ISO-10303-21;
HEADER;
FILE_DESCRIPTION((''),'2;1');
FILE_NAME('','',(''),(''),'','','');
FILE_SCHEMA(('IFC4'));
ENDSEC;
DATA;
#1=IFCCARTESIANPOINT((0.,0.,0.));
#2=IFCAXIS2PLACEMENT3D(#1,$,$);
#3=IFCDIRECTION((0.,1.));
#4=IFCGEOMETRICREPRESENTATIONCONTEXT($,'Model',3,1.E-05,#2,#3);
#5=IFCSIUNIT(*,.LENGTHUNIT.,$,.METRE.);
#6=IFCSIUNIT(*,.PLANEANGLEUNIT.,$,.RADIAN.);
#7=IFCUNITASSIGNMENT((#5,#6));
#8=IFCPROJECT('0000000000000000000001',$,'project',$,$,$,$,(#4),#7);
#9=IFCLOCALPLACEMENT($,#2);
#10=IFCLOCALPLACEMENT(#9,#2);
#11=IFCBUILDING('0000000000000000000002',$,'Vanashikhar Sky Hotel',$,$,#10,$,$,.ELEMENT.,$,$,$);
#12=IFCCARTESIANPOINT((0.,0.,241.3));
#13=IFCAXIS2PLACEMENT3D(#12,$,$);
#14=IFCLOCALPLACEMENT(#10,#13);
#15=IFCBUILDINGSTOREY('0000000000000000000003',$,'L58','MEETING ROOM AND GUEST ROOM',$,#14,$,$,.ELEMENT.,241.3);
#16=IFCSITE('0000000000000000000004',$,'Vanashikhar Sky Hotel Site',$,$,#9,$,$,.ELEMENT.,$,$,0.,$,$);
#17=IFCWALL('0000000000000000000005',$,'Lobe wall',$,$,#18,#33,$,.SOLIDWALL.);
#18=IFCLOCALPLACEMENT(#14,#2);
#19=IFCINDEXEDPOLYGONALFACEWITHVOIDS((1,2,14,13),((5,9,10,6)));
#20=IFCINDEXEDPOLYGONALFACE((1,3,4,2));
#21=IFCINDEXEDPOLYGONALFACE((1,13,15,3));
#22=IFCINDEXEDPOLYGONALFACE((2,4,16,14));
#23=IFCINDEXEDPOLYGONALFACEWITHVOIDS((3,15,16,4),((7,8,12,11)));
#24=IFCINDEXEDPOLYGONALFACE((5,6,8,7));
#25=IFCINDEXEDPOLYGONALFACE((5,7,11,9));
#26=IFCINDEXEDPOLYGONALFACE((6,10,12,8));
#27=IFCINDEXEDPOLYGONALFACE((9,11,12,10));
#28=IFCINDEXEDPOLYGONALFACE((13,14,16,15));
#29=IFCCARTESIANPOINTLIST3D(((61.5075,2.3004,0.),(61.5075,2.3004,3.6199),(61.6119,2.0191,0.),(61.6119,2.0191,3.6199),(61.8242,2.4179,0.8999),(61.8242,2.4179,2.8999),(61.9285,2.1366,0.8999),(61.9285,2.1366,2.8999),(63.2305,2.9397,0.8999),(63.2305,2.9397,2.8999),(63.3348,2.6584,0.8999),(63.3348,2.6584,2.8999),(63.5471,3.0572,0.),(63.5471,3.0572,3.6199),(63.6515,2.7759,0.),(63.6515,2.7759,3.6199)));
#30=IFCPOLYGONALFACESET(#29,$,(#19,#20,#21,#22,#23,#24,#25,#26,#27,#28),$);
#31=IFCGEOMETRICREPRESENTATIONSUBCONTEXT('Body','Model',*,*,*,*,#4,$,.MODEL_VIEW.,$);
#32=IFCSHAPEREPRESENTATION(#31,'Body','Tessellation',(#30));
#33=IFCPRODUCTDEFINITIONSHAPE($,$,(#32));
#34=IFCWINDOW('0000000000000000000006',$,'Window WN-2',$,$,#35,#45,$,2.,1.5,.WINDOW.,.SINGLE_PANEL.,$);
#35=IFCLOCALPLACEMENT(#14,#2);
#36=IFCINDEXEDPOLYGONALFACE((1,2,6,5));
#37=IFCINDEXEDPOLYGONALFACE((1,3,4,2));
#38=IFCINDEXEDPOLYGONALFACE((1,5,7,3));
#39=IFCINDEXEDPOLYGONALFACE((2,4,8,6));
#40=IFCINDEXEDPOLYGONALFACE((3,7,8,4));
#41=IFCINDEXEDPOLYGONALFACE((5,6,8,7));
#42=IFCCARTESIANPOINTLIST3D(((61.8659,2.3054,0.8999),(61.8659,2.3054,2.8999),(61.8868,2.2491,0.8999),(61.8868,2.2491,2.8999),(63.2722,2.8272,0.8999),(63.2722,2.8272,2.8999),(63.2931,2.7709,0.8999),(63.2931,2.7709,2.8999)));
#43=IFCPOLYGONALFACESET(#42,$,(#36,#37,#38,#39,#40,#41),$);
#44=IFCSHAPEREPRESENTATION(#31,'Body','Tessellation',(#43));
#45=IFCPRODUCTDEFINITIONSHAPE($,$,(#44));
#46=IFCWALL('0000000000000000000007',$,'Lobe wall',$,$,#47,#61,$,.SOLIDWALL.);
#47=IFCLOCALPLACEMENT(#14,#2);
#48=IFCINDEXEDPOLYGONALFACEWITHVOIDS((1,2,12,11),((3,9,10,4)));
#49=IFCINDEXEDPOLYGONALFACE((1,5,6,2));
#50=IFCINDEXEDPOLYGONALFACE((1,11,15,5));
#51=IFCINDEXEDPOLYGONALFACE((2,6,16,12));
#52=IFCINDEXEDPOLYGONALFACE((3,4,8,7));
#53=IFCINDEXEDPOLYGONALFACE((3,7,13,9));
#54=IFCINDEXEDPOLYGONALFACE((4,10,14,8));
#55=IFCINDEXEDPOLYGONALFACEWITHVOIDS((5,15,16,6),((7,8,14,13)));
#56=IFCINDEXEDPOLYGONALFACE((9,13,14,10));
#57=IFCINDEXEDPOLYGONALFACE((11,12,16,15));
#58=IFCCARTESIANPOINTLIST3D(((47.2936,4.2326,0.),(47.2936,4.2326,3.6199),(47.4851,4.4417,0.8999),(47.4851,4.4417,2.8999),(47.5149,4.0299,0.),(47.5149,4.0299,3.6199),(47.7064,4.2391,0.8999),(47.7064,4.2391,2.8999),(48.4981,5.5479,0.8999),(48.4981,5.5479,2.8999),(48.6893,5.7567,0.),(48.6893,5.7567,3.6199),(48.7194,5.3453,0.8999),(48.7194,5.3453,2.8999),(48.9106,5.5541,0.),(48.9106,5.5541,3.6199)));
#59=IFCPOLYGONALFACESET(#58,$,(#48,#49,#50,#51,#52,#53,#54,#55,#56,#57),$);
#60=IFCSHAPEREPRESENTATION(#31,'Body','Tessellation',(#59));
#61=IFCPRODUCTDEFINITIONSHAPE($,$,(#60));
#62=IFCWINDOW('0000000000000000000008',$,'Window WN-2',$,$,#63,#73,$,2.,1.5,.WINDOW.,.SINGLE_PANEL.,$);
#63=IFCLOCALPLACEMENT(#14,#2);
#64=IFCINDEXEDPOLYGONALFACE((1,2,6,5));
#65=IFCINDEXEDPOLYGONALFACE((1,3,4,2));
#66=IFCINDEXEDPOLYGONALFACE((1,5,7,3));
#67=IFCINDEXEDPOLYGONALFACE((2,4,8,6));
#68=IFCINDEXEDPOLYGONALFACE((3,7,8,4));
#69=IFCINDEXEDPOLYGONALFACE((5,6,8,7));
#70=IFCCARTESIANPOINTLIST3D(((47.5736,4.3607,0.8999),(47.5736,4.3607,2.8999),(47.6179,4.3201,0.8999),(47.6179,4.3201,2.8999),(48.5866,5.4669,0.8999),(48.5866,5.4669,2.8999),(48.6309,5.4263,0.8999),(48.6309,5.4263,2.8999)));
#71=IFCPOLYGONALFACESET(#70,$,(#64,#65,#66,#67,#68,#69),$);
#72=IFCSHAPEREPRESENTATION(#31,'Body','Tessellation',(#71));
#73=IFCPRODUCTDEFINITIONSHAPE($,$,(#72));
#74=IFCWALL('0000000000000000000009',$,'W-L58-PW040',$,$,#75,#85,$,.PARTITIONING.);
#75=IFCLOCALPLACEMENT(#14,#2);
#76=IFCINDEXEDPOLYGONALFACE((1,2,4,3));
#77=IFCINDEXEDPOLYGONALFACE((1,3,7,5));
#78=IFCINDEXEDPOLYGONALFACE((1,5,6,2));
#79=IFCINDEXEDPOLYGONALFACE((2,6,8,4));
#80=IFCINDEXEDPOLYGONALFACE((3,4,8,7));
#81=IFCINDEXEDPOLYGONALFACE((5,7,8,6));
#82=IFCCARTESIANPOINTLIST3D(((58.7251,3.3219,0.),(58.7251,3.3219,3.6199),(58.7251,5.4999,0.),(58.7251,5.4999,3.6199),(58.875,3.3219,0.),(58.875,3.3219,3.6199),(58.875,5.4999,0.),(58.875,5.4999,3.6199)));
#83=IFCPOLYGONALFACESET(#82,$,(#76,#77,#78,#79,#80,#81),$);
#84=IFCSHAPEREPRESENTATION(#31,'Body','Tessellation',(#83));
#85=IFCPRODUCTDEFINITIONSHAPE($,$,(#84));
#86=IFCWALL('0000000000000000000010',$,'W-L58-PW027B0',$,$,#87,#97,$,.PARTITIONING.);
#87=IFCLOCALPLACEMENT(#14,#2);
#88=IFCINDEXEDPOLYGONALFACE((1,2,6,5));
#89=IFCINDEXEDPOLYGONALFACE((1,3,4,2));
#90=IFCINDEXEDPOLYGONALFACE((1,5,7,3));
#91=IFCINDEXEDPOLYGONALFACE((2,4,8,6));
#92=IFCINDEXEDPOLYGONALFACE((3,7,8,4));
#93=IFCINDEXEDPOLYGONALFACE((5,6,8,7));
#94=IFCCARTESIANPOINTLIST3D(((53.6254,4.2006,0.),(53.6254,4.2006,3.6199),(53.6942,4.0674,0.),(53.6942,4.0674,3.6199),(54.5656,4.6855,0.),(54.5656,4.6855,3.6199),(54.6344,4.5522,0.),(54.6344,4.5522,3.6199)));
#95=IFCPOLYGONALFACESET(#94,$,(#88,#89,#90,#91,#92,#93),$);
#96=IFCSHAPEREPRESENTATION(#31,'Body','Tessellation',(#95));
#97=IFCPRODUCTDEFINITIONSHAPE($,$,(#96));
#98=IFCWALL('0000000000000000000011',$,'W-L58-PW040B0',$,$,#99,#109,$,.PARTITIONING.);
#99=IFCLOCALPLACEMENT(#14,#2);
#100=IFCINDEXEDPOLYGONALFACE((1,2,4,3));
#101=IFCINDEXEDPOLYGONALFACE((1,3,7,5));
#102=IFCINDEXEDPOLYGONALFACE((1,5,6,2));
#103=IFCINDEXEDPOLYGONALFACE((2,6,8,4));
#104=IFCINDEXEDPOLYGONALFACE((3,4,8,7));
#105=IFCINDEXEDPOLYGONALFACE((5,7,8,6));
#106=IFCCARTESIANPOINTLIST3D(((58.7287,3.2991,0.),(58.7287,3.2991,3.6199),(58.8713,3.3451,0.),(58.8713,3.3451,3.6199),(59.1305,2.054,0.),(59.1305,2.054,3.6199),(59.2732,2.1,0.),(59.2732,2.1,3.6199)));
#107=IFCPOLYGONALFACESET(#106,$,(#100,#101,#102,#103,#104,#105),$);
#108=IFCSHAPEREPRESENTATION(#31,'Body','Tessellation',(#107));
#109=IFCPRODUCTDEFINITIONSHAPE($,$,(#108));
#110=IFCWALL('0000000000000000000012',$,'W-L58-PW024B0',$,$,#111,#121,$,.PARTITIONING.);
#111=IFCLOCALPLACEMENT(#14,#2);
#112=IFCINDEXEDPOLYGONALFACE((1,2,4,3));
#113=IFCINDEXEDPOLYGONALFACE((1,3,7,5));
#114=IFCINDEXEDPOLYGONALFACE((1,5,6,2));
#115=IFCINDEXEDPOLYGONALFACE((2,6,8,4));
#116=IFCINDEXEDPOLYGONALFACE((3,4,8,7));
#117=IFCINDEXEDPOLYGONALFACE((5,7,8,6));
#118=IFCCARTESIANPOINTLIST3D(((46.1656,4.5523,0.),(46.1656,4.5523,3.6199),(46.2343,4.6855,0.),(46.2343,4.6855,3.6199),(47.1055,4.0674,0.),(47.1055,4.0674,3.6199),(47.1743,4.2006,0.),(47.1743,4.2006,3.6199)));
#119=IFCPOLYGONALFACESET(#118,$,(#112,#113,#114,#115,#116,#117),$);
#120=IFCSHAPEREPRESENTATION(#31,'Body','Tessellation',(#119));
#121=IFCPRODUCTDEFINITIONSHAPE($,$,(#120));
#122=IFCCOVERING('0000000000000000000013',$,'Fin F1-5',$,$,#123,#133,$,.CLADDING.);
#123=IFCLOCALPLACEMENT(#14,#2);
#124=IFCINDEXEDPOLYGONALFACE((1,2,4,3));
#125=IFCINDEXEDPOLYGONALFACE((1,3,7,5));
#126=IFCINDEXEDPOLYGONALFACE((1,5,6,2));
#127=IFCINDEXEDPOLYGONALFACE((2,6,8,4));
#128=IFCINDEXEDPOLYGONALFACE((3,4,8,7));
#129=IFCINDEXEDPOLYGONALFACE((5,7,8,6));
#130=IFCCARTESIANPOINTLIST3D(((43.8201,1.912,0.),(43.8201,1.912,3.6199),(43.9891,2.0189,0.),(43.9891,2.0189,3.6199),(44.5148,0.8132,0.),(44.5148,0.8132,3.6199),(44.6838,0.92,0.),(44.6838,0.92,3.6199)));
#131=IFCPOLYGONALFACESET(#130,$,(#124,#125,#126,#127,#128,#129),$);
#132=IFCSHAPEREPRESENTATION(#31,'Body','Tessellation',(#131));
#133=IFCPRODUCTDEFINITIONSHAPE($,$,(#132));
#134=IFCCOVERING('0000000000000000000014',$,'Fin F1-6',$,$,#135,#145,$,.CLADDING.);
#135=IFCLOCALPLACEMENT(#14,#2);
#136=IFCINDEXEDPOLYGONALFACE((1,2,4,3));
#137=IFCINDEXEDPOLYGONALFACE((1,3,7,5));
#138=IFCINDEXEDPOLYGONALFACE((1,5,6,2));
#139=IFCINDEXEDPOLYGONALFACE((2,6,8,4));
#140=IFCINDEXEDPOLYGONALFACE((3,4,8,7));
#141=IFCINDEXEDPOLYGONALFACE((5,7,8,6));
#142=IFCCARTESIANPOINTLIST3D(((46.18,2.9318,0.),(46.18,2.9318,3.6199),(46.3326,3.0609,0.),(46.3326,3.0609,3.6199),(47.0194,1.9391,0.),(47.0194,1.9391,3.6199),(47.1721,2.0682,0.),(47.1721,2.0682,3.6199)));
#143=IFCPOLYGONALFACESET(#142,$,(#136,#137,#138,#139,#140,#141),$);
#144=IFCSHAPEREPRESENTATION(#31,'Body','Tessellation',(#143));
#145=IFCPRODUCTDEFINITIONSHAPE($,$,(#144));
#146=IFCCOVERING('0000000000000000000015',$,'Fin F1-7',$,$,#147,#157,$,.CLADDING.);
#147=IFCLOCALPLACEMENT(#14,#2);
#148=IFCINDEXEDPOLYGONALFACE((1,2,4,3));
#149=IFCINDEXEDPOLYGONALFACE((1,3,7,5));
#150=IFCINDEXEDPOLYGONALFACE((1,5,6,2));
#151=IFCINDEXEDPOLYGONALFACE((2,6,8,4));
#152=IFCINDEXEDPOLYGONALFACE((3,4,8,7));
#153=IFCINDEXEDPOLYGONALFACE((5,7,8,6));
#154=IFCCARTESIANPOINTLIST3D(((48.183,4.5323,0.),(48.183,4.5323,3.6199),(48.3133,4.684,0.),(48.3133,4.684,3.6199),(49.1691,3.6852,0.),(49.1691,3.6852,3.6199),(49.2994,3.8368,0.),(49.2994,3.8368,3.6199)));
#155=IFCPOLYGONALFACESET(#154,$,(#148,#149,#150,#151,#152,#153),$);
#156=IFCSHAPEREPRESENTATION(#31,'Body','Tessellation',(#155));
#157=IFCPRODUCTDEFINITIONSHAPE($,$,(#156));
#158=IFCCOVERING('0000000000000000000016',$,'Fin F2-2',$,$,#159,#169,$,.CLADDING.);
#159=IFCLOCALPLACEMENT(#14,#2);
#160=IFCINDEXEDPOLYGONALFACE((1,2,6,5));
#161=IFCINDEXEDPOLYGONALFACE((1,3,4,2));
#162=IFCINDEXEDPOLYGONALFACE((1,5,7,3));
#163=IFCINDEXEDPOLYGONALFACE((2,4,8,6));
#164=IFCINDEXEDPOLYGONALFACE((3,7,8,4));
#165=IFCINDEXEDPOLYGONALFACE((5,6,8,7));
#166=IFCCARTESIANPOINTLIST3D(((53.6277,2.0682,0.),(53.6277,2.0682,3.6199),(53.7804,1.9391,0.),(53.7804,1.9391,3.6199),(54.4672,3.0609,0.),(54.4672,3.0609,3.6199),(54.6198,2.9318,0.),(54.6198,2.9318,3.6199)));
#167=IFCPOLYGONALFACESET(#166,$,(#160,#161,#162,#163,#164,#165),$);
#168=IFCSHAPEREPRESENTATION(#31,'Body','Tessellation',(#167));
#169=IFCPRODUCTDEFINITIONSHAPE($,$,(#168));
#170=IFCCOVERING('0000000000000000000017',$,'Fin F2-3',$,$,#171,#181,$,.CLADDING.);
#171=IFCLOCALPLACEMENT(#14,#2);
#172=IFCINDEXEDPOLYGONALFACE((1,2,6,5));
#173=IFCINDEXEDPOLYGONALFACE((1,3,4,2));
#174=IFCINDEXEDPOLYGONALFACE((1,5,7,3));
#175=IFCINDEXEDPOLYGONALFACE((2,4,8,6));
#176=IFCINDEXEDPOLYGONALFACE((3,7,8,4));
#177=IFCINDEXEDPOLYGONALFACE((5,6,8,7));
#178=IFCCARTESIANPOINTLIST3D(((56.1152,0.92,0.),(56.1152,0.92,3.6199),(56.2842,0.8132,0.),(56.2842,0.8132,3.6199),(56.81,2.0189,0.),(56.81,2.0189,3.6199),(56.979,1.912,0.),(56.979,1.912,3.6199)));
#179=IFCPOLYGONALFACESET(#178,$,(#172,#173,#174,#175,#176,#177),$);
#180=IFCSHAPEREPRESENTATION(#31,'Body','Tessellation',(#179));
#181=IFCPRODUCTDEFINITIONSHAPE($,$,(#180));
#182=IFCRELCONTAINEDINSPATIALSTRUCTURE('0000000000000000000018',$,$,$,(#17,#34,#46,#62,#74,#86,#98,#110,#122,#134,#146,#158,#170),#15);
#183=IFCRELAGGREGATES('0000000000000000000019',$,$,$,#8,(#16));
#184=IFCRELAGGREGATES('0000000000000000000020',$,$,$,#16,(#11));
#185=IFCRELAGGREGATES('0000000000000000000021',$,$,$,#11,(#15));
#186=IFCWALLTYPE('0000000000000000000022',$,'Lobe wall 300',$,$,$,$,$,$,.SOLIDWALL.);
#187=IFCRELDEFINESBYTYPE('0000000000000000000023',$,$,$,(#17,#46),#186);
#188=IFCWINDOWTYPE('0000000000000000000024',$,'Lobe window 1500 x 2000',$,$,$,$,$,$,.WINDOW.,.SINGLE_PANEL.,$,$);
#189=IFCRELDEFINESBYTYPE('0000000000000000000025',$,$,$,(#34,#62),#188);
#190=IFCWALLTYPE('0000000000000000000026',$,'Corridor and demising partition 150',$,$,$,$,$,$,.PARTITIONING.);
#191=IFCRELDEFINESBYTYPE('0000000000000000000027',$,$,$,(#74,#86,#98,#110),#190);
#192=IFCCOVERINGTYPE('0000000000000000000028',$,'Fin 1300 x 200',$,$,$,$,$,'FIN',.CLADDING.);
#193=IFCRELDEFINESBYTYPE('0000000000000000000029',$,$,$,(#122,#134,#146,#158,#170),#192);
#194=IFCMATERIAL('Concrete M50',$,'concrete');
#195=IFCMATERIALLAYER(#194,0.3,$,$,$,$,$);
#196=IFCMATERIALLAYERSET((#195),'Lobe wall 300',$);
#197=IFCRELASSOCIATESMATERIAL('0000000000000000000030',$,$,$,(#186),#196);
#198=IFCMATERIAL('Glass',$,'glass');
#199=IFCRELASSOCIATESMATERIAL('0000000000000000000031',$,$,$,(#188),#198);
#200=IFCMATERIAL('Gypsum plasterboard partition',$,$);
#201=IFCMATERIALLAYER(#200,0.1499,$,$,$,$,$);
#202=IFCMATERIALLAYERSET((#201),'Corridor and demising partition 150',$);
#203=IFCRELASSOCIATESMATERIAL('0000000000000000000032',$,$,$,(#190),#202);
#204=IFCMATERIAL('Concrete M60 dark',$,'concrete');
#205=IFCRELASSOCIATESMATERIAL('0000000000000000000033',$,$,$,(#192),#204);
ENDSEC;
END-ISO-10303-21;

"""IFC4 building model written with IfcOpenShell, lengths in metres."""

from ifc_helpers import new_model, si_unit, direction, frame, frame_2d, origin, origin_2d, place, context, subcontext, project, spatial, rectangle, extrude, source, transform, mapped, material, layer, layer_set, material_profile, profile_set, type_object, element, fill, save


model = new_model("IFC4")

# Units and contexts
model_context = context("Model", 3, precision=1e-05, world=origin(), true_north=direction((0.0, 1.0)))
body_context = subcontext(model_context, "Body", "Model", "MODEL_VIEW")
ifc_project = project(units=[si_unit("LENGTHUNIT", "METRE"), si_unit("PLANEANGLEUNIT", "RADIAN")], contexts=[model_context])

# Site, building, storey
site_placement = place(None, origin())
site = spatial("IfcSite", under=ifc_project, at=site_placement, Name="Vanashikhar Sky Hotel Site", CompositionType="ELEMENT", RefElevation=0.0)
building_placement = place(site_placement, origin())
building = spatial("IfcBuilding", under=site, at=building_placement, Name="Vanashikhar Sky Hotel", CompositionType="ELEMENT")
storey_placement = place(building_placement, frame((0.0, 0.0, 241.3)))
storey = spatial("IfcBuildingStorey", under=building, at=storey_placement, Name="L58", Description="MEETING ROOM AND GUEST ROOM", CompositionType="ELEMENT", Elevation=241.3)

# Walls, openings, windows
ifc_material_1 = material(Name="Concrete M50", Category="concrete")
ifc_layer_1 = layer(ifc_material_1, 0.3)
ifc_layer_set_1 = layer_set([ifc_layer_1], Name="Lobe wall 300")
wall_type_1 = type_object("IfcWallType", Name="Lobe wall 300", PredefinedType="SOLIDWALL", material=ifc_layer_set_1)
shared_shape_1 = source(origin(), body_context, "Body", "SweptSolid", [
    extrude(rectangle(XDim=1.5, YDim=2.0, at=frame_2d((0.75, 1.0))), frame((0.0, 0.1602, 0.0), z_axis=(0.0, -1.0, 0.0), x_axis=(1.0, 0.0, 0.0)), (0.0, 0.0, 1.0), 0.3201),
])
ifc_material_2 = material(Name="Glass", Category="glass")
window_type = type_object("IfcWindowType", Name="Lobe window 1500 x 2000", PartitioningType="SINGLE_PANEL", PredefinedType="WINDOW", material=ifc_material_2)
shared_shape_2 = source(origin(), body_context, "Body", "SweptSolid", [
    extrude(rectangle(XDim=1.5, YDim=2.0, at=frame_2d((0.75, 1.0))), frame((0.0, 0.03, 0.0), z_axis=(0.0, -1.0, 0.0), x_axis=(1.0, 0.0, 0.0)), (0.0, 0.0, 1.0), 0.0601),
])
shared_shape_3 = source(origin(), body_context, "Body", "SweptSolid", [
    extrude(rectangle(XDim=2.1755, YDim=0.3, at=frame_2d((1.0879, 0.0))), origin(), (0.0, 0.0, 1.0), 3.6199),
])
wall_1_placement = place(storey_placement, frame((61.5596, 2.1597, 0.0), z_axis=(0.0, 0.0, 1.0), x_axis=(0.937532, 0.347899, 0.0)))
wall_1 = element("IfcWall", 1, at=wall_1_placement, inside=storey, type_object=wall_type_1, Name="Lobe wall", PredefinedType="SOLIDWALL", context=body_context, shape_type="MappedRepresentation", body=[
    mapped(shared_shape_3, transform((0.0, 0.0, 0.0), scale=1.0)),
])
opening_1_placement = place(wall_1_placement, frame((0.3379, 0.0, 0.8999)))
opening_1 = element("IfcOpeningElement", 2, at=opening_1_placement, cuts=wall_1, PredefinedType="OPENING", context=body_context, shape_type="MappedRepresentation", body=[
    mapped(shared_shape_1, transform((0.0, 0.0, 0.0), scale=1.0)),
])
window_1_placement = place(opening_1_placement, origin())
window_1 = element("IfcWindow", 3, at=window_1_placement, inside=storey, type_object=window_type, Name="Window WN-2", OverallHeight=2.0, OverallWidth=1.5, PartitioningType="SINGLE_PANEL", PredefinedType="WINDOW", context=body_context, shape_type="MappedRepresentation", body=[
    mapped(shared_shape_2, transform((0.0, 0.0, 0.0), scale=1.0)),
])
fill(opening_1, window_1)
shared_shape_4 = source(origin(), body_context, "Body", "SweptSolid", [
    extrude(rectangle(XDim=2.0667, YDim=0.3, at=frame_2d((1.0332, 0.0))), origin(), (0.0, 0.0, 1.0), 3.6199),
])
wall_2_placement = place(storey_placement, frame((47.4043, 4.1313, 0.0), z_axis=(0.0, 0.0, 1.0), x_axis=(0.675355, 0.737492, 0.0)))
wall_2 = element("IfcWall", 4, at=wall_2_placement, inside=storey, type_object=wall_type_1, Name="Lobe wall", PredefinedType="SOLIDWALL", context=body_context, shape_type="MappedRepresentation", body=[
    mapped(shared_shape_4, transform((0.0, 0.0, 0.0), scale=1.0)),
])
opening_2_placement = place(wall_2_placement, frame((0.2834, 0.0, 0.8999)))
opening_2 = element("IfcOpeningElement", 5, at=opening_2_placement, cuts=wall_2, PredefinedType="OPENING", context=body_context, shape_type="MappedRepresentation", body=[
    mapped(shared_shape_1, transform((0.0, 0.0, 0.0), scale=1.0)),
])
window_2_placement = place(opening_2_placement, origin())
window_2 = element("IfcWindow", 6, at=window_2_placement, inside=storey, type_object=window_type, Name="Window WN-2", OverallHeight=2.0, OverallWidth=1.5, PartitioningType="SINGLE_PANEL", PredefinedType="WINDOW", context=body_context, shape_type="MappedRepresentation", body=[
    mapped(shared_shape_2, transform((0.0, 0.0, 0.0), scale=1.0)),
])
fill(opening_2, window_2)

# Walls
ifc_material_3 = material(Name="Gypsum plasterboard partition")
ifc_layer_2 = layer(ifc_material_3, 0.1499)
ifc_layer_set_2 = layer_set([ifc_layer_2], Name="Corridor and demising partition 150")
wall_type_2 = type_object("IfcWallType", Name="Corridor and demising partition 150", PredefinedType="PARTITIONING", material=ifc_layer_set_2)
shared_shape_5 = source(origin(), body_context, "Body", "SweptSolid", [
    extrude(rectangle(XDim=2.178, YDim=0.1499, at=frame_2d((1.0889, 0.0))), origin(), (0.0, 0.0, 1.0), 3.6199),
])
wall_3_placement = place(storey_placement, frame((58.8, 3.322, 0.0), z_axis=(0.0, 0.0, 1.0), x_axis=(0.0, 1.0, 0.0)))
element("IfcWall", 7, at=wall_3_placement, inside=storey, type_object=wall_type_2, Name="W-L58-PW040", PredefinedType="PARTITIONING", context=body_context, shape_type="MappedRepresentation", body=[
    mapped(shared_shape_5, transform((0.0, 0.0, 0.0), scale=1.0)),
])
shared_shape_6 = source(origin(), body_context, "Body", "SweptSolid", [
    extrude(rectangle(XDim=1.0579, YDim=0.1499, at=frame_2d((0.5288, 0.0))), origin(), (0.0, 0.0, 1.0), 3.6199),
])
wall_4_placement = place(storey_placement, frame((53.6599, 4.134, 0.0), z_axis=(0.0, 0.0, 1.0), x_axis=(0.888772, 0.458349, 0.0)))
element("IfcWall", 8, at=wall_4_placement, inside=storey, type_object=wall_type_2, Name="W-L58-PW027B0", PredefinedType="PARTITIONING", context=body_context, shape_type="MappedRepresentation", body=[
    mapped(shared_shape_6, transform((0.0, 0.0, 0.0), scale=1.0)),
])
shared_shape_7 = source(origin(), body_context, "Body", "SweptSolid", [
    extrude(rectangle(XDim=1.3083, YDim=0.1499, at=frame_2d((0.6543, 0.0))), origin(), (0.0, 0.0, 1.0), 3.6199),
])
wall_5_placement = place(storey_placement, frame((59.2019, 2.0769, 0.0), z_axis=(0.0, 0.0, 1.0), x_axis=(-0.307145, 0.951663, 0.0)))
element("IfcWall", 9, at=wall_5_placement, inside=storey, type_object=wall_type_2, Name="W-L58-PW040B0", PredefinedType="PARTITIONING", context=body_context, shape_type="MappedRepresentation", body=[
    mapped(shared_shape_7, transform((0.0, 0.0, 0.0), scale=1.0)),
])
shared_shape_8 = source(origin(), body_context, "Body", "SweptSolid", [
    extrude(rectangle(XDim=1.0576, YDim=0.1499, at=frame_2d((0.5288, 0.0))), origin(), (0.0, 0.0, 1.0), 3.6199),
])
wall_6_placement = place(storey_placement, frame((47.1399, 4.134, 0.0), z_axis=(0.0, 0.0, 1.0), x_axis=(-0.888724, 0.458443, 0.0)))
element("IfcWall", 10, at=wall_6_placement, inside=storey, type_object=wall_type_2, Name="W-L58-PW024B0", PredefinedType="PARTITIONING", context=body_context, shape_type="MappedRepresentation", body=[
    mapped(shared_shape_8, transform((0.0, 0.0, 0.0), scale=1.0)),
])

# Coverings
ifc_material_4 = material(Name="Concrete M60 dark", Category="concrete")
ifc_material_profile = material_profile(ifc_material_4, rectangle(XDim=1.3, YDim=0.2, at=origin_2d()))
ifc_profile_set = profile_set([ifc_material_profile], Name="Fin 1300 x 200")
covering_type = type_object("IfcCoveringType", Name="Fin 1300 x 200", ElementType="FIN", PredefinedType="CLADDING", material=ifc_profile_set)
shared_shape_9 = source(origin(), body_context, "Body", "SweptSolid", [
    extrude(rectangle(XDim=1.3, YDim=0.2, at=origin_2d()), origin(), (0.0, 0.0, 1.0), 3.6199),
])
for number, where, z_axis, x_axis, name in (
    (11, (44.252, 1.416, 0.0), (0.0, 0.0, 1.0), (0.534411, -0.845225, 0.0), "Fin F1-5"),
    (12, (46.676, 2.5, 0.0), (0.0, 0.0, 1.0), (0.645698, -0.763593, 0.0), "Fin F1-6"),
    (13, (48.7412, 4.1846, 0.0), (0.0, 0.0, 1.0), (0.758544, -0.651622, 0.0), "Fin F1-7"),
    (14, (54.1238, 2.5, 0.0), (0.0, 0.0, 1.0), (-0.645698, -0.763593, 0.0), "Fin F2-2"),
    (15, (56.5471, 1.416, 0.0), (0.0, 0.0, 1.0), (-0.534411, -0.845225, 0.0), "Fin F2-3"),
):
    element("IfcCovering", number, at=place(storey_placement, frame(where, z_axis=z_axis, x_axis=x_axis)), inside=storey, type_object=covering_type, Name=name, PredefinedType="CLADDING", context=body_context, shape_type="MappedRepresentation", body=[
        mapped(shared_shape_9, transform((0.0, 0.0, 0.0), scale=1.0)),
    ])

save(model, "model.ifc")
